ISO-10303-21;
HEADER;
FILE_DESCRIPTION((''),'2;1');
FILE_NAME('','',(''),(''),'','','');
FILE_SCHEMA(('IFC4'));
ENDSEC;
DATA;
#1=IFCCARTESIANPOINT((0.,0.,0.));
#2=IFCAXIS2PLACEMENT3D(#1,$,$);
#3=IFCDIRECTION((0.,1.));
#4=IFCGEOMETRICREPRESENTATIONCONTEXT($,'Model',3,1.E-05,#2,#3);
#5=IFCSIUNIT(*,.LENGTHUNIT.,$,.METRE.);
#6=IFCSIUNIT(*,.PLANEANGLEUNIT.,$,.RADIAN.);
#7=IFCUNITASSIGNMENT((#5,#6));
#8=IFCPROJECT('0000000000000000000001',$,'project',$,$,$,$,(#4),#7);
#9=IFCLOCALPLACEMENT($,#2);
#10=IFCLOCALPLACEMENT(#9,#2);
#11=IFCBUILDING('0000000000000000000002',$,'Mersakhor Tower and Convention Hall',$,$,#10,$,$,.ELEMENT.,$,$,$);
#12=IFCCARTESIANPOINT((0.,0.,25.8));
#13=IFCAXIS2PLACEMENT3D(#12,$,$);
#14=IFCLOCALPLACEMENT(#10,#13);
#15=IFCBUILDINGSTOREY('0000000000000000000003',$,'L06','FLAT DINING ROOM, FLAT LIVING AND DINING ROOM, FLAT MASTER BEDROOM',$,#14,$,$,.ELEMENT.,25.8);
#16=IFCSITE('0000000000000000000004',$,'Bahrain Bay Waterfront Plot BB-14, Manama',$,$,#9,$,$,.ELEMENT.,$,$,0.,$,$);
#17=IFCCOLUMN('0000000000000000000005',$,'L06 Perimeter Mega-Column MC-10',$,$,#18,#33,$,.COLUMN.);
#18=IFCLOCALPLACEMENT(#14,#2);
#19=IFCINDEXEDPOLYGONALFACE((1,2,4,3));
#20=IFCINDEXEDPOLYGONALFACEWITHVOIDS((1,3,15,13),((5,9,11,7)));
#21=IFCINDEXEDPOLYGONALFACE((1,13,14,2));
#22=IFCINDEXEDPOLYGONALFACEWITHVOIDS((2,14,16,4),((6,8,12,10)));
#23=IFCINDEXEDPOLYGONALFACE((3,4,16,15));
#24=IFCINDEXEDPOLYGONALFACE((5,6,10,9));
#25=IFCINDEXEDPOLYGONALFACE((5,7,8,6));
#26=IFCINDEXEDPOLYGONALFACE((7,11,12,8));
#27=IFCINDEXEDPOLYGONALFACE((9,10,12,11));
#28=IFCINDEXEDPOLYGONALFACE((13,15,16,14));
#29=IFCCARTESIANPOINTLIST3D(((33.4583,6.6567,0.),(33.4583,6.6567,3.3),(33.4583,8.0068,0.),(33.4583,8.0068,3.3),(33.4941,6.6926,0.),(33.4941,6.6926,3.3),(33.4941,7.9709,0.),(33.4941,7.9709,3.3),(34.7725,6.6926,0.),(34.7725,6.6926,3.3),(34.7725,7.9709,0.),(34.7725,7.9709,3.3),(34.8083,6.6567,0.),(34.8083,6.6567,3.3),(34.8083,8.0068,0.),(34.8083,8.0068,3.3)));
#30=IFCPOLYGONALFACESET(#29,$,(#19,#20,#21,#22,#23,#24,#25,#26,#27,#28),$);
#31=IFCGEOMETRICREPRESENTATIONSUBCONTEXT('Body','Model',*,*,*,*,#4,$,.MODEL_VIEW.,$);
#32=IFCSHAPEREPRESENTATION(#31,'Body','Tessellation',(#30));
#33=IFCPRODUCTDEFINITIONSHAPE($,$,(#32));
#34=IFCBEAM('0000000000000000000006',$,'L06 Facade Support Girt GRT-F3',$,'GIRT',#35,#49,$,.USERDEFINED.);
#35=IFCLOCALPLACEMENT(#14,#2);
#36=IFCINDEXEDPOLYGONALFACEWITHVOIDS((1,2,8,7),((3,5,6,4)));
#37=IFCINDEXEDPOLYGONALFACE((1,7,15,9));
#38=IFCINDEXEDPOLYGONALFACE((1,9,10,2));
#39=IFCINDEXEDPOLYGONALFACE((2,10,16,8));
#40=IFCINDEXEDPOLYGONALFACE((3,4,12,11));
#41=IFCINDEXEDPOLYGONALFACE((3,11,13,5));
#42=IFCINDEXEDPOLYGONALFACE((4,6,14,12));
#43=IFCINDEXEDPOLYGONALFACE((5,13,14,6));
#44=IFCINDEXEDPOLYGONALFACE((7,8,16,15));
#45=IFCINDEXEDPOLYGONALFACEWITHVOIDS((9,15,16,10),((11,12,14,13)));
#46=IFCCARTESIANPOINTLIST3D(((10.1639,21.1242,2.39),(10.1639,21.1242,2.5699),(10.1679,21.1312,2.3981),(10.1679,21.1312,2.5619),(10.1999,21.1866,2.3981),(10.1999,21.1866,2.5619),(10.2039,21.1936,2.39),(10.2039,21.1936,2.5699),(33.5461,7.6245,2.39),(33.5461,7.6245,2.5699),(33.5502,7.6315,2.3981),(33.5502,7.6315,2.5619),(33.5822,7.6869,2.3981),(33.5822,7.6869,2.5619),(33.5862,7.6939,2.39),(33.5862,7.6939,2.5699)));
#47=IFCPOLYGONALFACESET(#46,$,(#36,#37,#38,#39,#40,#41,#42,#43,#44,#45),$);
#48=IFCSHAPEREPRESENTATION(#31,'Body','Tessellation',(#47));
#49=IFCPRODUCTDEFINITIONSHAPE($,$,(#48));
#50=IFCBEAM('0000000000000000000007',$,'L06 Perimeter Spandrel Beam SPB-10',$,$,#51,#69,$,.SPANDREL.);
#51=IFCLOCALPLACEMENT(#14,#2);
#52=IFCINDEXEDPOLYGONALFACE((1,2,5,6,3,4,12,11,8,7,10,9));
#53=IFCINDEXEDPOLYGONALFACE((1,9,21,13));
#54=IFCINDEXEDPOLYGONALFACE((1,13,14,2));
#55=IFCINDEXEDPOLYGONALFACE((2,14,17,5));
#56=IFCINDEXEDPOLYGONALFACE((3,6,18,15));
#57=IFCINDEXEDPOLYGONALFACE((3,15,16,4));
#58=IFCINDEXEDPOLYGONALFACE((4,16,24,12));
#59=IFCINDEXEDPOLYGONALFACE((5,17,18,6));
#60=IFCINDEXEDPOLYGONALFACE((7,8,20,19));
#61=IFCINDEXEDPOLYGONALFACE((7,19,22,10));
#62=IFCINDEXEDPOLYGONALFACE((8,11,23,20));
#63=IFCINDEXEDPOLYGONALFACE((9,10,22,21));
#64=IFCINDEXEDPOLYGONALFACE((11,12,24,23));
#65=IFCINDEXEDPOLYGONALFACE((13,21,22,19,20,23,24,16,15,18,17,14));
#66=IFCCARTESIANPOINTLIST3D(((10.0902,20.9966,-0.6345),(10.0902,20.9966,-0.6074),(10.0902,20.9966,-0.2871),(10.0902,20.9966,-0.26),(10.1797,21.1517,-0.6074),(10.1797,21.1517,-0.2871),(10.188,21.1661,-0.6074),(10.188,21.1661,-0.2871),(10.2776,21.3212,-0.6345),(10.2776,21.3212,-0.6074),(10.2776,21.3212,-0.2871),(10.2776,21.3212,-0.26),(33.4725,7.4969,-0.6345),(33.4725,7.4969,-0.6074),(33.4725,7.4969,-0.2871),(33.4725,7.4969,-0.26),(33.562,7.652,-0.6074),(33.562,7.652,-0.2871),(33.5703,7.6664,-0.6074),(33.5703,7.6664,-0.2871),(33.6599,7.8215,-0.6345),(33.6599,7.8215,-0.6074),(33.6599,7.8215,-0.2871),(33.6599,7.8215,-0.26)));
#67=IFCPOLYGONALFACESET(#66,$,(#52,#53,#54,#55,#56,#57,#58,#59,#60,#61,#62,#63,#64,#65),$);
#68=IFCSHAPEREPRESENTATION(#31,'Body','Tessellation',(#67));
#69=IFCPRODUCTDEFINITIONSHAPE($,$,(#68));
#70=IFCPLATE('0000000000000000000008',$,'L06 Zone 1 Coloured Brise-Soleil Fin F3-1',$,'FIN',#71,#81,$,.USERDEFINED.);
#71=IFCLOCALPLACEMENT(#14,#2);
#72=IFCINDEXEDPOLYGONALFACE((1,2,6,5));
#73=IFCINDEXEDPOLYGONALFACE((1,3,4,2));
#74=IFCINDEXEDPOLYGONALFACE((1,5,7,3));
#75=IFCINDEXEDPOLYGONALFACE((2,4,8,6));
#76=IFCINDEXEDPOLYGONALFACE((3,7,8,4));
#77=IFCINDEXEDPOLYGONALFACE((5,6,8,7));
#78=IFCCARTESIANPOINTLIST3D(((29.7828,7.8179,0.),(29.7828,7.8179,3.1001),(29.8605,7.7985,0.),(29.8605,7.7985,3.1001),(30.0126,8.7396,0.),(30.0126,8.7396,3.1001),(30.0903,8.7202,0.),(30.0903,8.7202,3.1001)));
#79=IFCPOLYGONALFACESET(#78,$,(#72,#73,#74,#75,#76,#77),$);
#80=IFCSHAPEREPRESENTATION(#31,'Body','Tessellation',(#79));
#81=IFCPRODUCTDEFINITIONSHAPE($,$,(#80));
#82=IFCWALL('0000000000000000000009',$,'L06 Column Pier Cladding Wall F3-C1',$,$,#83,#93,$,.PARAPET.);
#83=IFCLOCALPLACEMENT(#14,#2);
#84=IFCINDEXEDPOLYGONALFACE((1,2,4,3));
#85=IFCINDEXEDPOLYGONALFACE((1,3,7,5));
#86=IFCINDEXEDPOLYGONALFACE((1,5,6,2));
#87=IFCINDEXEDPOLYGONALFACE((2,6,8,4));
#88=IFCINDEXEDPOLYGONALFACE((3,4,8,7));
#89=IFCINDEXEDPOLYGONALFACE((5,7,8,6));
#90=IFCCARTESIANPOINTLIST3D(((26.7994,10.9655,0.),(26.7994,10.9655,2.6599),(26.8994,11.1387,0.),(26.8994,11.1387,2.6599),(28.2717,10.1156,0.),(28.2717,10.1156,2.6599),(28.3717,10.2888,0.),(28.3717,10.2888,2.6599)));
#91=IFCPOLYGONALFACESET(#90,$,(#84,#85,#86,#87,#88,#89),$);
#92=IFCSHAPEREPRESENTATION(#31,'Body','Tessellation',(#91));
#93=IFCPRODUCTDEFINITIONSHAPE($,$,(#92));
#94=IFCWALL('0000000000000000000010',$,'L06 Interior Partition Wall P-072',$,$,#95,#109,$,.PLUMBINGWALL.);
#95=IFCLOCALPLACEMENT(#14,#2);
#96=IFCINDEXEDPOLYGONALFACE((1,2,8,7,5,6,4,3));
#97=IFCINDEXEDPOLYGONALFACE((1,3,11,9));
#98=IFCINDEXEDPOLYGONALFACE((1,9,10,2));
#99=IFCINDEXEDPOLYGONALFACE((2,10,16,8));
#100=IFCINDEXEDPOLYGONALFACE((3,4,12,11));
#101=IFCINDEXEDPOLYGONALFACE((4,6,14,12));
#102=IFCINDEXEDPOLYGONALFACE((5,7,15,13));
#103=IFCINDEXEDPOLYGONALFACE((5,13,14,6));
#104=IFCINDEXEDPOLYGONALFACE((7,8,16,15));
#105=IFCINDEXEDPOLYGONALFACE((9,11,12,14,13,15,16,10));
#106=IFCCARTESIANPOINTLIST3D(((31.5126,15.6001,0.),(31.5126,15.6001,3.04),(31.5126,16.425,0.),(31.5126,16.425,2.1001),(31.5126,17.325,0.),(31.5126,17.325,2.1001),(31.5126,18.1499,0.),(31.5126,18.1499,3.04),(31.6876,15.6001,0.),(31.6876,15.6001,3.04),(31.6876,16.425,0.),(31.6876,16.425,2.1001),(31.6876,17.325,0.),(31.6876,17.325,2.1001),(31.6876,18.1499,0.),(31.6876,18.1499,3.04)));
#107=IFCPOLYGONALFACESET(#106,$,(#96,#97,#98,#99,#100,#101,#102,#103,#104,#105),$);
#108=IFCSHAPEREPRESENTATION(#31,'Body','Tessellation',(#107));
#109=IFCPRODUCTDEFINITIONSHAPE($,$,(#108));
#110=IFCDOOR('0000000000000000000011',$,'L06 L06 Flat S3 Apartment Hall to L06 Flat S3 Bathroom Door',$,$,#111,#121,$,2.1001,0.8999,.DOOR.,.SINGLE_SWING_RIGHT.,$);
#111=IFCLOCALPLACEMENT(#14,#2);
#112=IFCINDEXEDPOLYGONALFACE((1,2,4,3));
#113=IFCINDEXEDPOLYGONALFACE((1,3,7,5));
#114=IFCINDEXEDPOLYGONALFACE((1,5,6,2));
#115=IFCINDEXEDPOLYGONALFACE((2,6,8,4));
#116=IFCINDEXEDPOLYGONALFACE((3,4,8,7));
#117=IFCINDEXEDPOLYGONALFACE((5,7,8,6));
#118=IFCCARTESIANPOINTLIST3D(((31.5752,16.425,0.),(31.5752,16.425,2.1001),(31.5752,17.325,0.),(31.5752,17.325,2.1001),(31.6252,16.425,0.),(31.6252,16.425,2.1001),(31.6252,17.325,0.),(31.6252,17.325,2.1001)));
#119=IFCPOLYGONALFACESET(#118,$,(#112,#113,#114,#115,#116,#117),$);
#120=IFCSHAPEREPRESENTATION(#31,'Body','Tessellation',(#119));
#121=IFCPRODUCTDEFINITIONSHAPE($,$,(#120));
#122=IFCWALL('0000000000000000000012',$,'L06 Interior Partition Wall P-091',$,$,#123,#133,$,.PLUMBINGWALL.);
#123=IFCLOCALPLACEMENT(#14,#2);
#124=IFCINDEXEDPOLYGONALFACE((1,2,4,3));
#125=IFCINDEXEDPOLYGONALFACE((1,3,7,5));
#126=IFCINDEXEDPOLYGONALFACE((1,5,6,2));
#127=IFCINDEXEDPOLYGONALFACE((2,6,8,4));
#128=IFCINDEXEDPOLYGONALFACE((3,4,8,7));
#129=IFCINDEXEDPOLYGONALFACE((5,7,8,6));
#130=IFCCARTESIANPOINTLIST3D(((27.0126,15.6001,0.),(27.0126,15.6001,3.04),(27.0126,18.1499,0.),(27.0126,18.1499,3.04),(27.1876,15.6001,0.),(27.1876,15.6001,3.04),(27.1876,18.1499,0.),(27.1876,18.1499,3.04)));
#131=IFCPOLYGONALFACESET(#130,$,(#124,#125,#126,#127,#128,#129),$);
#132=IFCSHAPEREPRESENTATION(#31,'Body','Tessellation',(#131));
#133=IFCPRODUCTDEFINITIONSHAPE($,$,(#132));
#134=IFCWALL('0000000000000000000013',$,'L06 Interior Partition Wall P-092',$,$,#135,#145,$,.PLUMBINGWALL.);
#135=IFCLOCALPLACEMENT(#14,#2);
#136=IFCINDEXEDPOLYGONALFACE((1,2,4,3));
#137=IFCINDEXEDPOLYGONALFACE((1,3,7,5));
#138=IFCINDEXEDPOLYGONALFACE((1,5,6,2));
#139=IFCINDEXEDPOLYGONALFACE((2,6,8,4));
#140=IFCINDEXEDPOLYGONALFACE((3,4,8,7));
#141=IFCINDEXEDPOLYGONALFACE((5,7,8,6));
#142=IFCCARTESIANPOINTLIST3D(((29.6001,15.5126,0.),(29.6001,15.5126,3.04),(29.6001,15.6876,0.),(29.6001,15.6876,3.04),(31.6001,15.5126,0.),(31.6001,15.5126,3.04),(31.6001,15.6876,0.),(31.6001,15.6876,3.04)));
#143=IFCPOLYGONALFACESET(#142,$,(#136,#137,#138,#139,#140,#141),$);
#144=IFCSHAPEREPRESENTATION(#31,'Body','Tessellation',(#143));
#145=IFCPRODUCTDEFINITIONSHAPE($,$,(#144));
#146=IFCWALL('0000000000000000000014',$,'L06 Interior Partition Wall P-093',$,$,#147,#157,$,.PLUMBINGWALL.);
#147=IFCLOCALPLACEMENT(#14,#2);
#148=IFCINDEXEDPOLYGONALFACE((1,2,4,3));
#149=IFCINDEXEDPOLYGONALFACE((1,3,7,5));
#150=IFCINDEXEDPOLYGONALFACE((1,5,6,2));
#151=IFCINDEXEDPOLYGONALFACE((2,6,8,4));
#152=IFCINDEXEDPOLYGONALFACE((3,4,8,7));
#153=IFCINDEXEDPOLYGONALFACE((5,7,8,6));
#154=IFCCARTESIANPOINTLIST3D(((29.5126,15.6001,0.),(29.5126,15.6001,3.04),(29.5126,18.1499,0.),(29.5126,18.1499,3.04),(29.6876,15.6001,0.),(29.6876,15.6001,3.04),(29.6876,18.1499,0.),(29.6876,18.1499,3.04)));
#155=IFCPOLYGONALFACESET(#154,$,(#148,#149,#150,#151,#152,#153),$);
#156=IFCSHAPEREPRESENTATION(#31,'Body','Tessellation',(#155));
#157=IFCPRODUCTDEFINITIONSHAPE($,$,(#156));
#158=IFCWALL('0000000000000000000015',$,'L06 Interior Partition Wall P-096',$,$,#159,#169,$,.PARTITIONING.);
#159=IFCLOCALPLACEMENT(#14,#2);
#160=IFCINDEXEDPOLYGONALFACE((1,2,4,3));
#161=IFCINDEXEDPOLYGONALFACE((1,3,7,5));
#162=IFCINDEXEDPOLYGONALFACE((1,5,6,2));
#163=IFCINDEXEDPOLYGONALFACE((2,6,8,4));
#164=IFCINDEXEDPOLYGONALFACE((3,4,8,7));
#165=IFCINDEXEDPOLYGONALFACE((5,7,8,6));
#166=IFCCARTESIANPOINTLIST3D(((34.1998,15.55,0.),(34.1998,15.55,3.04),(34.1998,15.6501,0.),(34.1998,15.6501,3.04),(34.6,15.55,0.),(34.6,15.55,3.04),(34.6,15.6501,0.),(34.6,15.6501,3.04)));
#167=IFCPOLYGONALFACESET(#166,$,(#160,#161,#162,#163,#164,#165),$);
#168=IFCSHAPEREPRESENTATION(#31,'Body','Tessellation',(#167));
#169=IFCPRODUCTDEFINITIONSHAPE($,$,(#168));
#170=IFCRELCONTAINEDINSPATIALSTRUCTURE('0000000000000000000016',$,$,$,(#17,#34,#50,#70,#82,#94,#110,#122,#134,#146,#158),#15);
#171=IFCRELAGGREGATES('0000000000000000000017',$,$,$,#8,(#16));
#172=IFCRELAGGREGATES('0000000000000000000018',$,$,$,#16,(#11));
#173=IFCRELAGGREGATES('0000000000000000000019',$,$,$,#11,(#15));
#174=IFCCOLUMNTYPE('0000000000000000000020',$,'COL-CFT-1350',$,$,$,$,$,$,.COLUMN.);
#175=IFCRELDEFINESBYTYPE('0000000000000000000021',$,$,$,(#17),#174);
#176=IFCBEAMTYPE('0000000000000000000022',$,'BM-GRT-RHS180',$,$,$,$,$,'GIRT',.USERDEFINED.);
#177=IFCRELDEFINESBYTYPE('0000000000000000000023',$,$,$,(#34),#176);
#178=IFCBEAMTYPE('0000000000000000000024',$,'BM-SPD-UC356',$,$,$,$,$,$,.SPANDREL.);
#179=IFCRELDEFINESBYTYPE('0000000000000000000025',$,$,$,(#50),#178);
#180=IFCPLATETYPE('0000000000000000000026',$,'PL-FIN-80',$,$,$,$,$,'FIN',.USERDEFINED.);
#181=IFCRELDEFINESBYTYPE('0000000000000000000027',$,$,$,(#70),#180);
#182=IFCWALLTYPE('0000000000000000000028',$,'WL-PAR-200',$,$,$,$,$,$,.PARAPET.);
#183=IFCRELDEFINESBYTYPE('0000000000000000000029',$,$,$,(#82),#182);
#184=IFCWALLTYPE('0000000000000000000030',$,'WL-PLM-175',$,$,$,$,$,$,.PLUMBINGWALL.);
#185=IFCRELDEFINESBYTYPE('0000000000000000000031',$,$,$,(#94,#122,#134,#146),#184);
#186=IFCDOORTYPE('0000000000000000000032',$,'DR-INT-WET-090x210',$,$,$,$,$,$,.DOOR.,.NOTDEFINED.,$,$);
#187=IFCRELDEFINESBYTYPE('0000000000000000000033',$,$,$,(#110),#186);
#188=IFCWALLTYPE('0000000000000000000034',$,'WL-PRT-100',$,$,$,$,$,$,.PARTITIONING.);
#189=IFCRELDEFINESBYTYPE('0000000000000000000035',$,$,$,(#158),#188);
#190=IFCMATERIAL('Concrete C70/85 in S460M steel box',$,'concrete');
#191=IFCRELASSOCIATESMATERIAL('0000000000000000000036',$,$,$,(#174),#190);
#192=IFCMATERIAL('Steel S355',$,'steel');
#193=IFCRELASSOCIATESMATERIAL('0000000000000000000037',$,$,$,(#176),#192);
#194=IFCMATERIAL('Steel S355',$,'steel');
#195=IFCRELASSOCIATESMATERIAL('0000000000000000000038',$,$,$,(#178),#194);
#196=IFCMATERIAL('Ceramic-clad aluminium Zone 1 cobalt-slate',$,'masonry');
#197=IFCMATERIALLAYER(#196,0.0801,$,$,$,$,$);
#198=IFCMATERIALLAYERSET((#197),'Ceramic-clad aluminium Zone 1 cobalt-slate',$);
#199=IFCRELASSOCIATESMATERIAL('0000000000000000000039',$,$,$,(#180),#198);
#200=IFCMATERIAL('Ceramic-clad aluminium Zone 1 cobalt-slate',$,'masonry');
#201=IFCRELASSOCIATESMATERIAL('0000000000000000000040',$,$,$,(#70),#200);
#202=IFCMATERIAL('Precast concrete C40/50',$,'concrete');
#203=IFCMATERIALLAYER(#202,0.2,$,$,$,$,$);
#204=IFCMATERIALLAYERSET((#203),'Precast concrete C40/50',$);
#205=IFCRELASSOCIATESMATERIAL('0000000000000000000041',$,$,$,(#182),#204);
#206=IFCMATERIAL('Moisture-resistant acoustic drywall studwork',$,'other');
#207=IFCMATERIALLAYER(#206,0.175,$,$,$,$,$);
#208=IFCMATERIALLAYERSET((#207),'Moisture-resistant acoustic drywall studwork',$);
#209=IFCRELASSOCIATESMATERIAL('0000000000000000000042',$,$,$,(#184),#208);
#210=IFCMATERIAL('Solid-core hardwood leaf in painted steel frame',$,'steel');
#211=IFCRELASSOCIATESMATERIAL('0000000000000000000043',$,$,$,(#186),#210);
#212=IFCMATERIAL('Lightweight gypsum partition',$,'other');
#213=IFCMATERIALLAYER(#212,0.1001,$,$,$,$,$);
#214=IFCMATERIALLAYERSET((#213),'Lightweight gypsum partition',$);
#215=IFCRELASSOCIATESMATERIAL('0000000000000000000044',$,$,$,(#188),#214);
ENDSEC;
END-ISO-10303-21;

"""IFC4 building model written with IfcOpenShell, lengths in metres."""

from ifc_helpers import new_model, si_unit, direction, frame, frame_2d, origin, origin_2d, place, context, subcontext, project, spatial, rectangle, hollow_rectangle, i_section, extrude, material, layer, layer_set, material_profile, profile_set, type_object, element, fill, save


model = new_model("IFC4")

# Units and contexts
model_context = context("Model", 3, precision=1e-05, world=origin(), true_north=direction((0.0, 1.0)))
body_context = subcontext(model_context, "Body", "Model", "MODEL_VIEW")
ifc_project = project(units=[si_unit("LENGTHUNIT", "METRE"), si_unit("PLANEANGLEUNIT", "RADIAN")], contexts=[model_context])

# Site, building, storey
site_placement = place(None, origin())
site = spatial("IfcSite", under=ifc_project, at=site_placement, Name="Bahrain Bay Waterfront Plot BB-14, Manama", CompositionType="ELEMENT", RefElevation=0.0)
building_placement = place(site_placement, origin())
building = spatial("IfcBuilding", under=site, at=building_placement, Name="Mersakhor Tower and Convention Hall", CompositionType="ELEMENT")
storey_placement = place(building_placement, frame((0.0, 0.0, 25.8)))
storey = spatial("IfcBuildingStorey", under=building, at=storey_placement, Name="L06", Description="FLAT DINING ROOM, FLAT LIVING AND DINING ROOM, FLAT MASTER BEDROOM", CompositionType="ELEMENT", Elevation=25.8)

# Column
ifc_material_1 = material(Name="Concrete C70/85 in S460M steel box", Category="concrete")
ifc_material_profile_1 = material_profile(ifc_material_1, hollow_rectangle(XDim=1.3501, YDim=1.3501, WallThickness=0.0359, at=origin_2d()), Name="SHS 1350x1350x36")
ifc_profile_set_1 = profile_set([ifc_material_profile_1], Name="Concrete C70/85 in S460M steel box")
column_type = type_object("IfcColumnType", Name="COL-CFT-1350", PredefinedType="COLUMN", material=ifc_profile_set_1)
column_placement = place(storey_placement, frame((34.1333, 7.3318, 0.0), z_axis=(0.0, 0.0, 1.0), x_axis=(1.0, 0.0, 0.0)))
element("IfcColumn", 1, at=column_placement, inside=storey, type_object=column_type, Name="L06 Perimeter Mega-Column MC-10", PredefinedType="COLUMN", context=body_context, shape_type="SweptSolid", body=[
    extrude(hollow_rectangle(XDim=1.3501, YDim=1.3501, WallThickness=0.0359, at=origin_2d()), origin(), (0.0, 0.0, 1.0), 3.3),
])

# Beams
ifc_material_2 = material(Name="Steel S355", Category="steel")
ifc_material_profile_2 = material_profile(ifc_material_2, hollow_rectangle(XDim=0.0801, YDim=0.1799, WallThickness=0.0081, at=origin_2d()), Name="RHS 180x80x8")
ifc_profile_set_2 = profile_set([ifc_material_profile_2], Name="Steel S355")
beam_type_1 = type_object("IfcBeamType", Name="BM-GRT-RHS180", ElementType="GIRT", PredefinedType="USERDEFINED", material=ifc_profile_set_2)
beam_1_placement = place(storey_placement, frame((33.5662, 7.6592, 2.48), z_axis=(-0.866026, 0.499999, 0.0), x_axis=(-0.499999, -0.866026, 0.0)))
element("IfcBeam", 2, at=beam_1_placement, inside=storey, type_object=beam_type_1, Name="L06 Facade Support Girt GRT-F3", ObjectType="GIRT", PredefinedType="USERDEFINED", context=body_context, shape_type="SweptSolid", body=[
    extrude(hollow_rectangle(XDim=0.0801, YDim=0.1799, WallThickness=0.0081, at=origin_2d()), origin(), (0.0, 0.0, 1.0), 26.9995),
])
ifc_material_3 = material(Name="Steel S355", Category="steel")
ifc_material_profile_3 = material_profile(ifc_material_3, i_section(OverallWidth=0.3748, OverallDepth=0.3745, WebThickness=0.0166, FlangeThickness=0.0271, at=origin_2d()), Name="UC 356x368x202")
ifc_profile_set_3 = profile_set([ifc_material_profile_3], Name="Steel S355")
beam_type_2 = type_object("IfcBeamType", Name="BM-SPD-UC356", PredefinedType="SPANDREL", material=ifc_profile_set_3)
beam_2_placement = place(storey_placement, frame((33.5662, 7.6592, -0.4473), z_axis=(-0.866026, 0.499999, 0.0), x_axis=(-0.499999, -0.866026, 0.0)))
element("IfcBeam", 3, at=beam_2_placement, inside=storey, type_object=beam_type_2, Name="L06 Perimeter Spandrel Beam SPB-10", PredefinedType="SPANDREL", context=body_context, shape_type="SweptSolid", body=[
    extrude(i_section(OverallWidth=0.3748, OverallDepth=0.3745, WebThickness=0.0166, FlangeThickness=0.0271, at=origin_2d()), origin(), (0.0, 0.0, 1.0), 26.9995),
])

# Plate
ifc_material_4 = material(Name="Ceramic-clad aluminium Zone 1 cobalt-slate", Category="masonry")
ifc_material_5 = material(Name="Ceramic-clad aluminium Zone 1 cobalt-slate", Category="masonry")
ifc_layer_1 = layer(ifc_material_5, 0.0801)
ifc_layer_set_1 = layer_set([ifc_layer_1], Name="Ceramic-clad aluminium Zone 1 cobalt-slate")
plate_type = type_object("IfcPlateType", Name="PL-FIN-80", ElementType="FIN", PredefinedType="USERDEFINED", material=ifc_layer_set_1)
plate_placement = place(storey_placement, frame((29.9365, 8.269, 0.0), z_axis=(0.0, 0.0, 1.0), x_axis=(-0.241922, -0.970296, 0.0)))
element("IfcPlate", 4, at=plate_placement, inside=storey, type_object=plate_type, material=ifc_material_4, Name="L06 Zone 1 Coloured Brise-Soleil Fin F3-1", ObjectType="FIN", PredefinedType="USERDEFINED", context=body_context, shape_type="SweptSolid", body=[
    extrude(rectangle(XDim=0.95, YDim=0.0801, at=origin_2d()), origin(), (0.0, 0.0, 1.0), 3.1001),
])

# Wall
ifc_material_6 = material(Name="Precast concrete C40/50", Category="concrete")
ifc_layer_2 = layer(ifc_material_6, 0.2)
ifc_layer_set_2 = layer_set([ifc_layer_2], Name="Precast concrete C40/50")
wall_type_1 = type_object("IfcWallType", Name="WL-PAR-200", PredefinedType="PARAPET", material=ifc_layer_set_2)
wall_1_placement = place(storey_placement, frame((28.3218, 10.2021, 0.0), z_axis=(0.0, 0.0, 1.0), x_axis=(-0.866052, 0.499955, 0.0)))
element("IfcWall", 5, at=wall_1_placement, inside=storey, type_object=wall_type_1, Name="L06 Column Pier Cladding Wall F3-C1", PredefinedType="PARAPET", context=body_context, shape_type="SweptSolid", body=[
    extrude(rectangle(XDim=1.7, YDim=0.2, at=frame_2d((0.8501, 0.0))), origin(), (0.0, 0.0, 1.0), 2.6599),
])

# Wall, opening, door
ifc_material_7 = material(Name="Moisture-resistant acoustic drywall studwork", Category="other")
ifc_layer_3 = layer(ifc_material_7, 0.175)
ifc_layer_set_3 = layer_set([ifc_layer_3], Name="Moisture-resistant acoustic drywall studwork")
wall_type_2 = type_object("IfcWallType", Name="WL-PLM-175", PredefinedType="PLUMBINGWALL", material=ifc_layer_set_3)
wall_2_placement = place(storey_placement, frame((31.6001, 15.6001, 0.0), z_axis=(0.0, 0.0, 1.0), x_axis=(0.0, 1.0, 0.0)))
wall_2 = element("IfcWall", 6, at=wall_2_placement, inside=storey, type_object=wall_type_2, Name="L06 Interior Partition Wall P-072", PredefinedType="PLUMBINGWALL", context=body_context, shape_type="SweptSolid", body=[
    extrude(rectangle(XDim=2.5498, YDim=0.175, at=frame_2d((1.2749, 0.0))), origin(), (0.0, 0.0, 1.0), 3.04),
])
opening_1_placement = place(wall_2_placement, frame((0.825, 0.0, 0.0)))
opening_1 = element("IfcOpeningElement", 7, at=opening_1_placement, cuts=wall_2, PredefinedType="OPENING", context=body_context, shape_type="SweptSolid", body=[
    extrude(rectangle(XDim=0.8999, YDim=2.1001, at=frame_2d((0.45, 1.05))), frame((0.0, 0.0974, 0.0), z_axis=(0.0, -1.0, 0.0), x_axis=(1.0, 0.0, 0.0)), (0.0, 0.0, 1.0), 0.1951),
])
ifc_material_8 = material(Name="Solid-core hardwood leaf in painted steel frame", Category="steel")
door_type_1 = type_object("IfcDoorType", Name="DR-INT-WET-090x210", OperationType="NOTDEFINED", PredefinedType="DOOR", material=ifc_material_8)
door_1_placement = place(opening_1_placement, origin())
door_1 = element("IfcDoor", 8, at=door_1_placement, inside=storey, type_object=door_type_1, Name="L06 L06 Flat S3 Apartment Hall to L06 Flat S3 Bathroom Door", OperationType="SINGLE_SWING_RIGHT", OverallHeight=2.1001, OverallWidth=0.8999, PredefinedType="DOOR", context=body_context, shape_type="SweptSolid", body=[
    extrude(rectangle(XDim=0.8999, YDim=2.1001, at=frame_2d((0.45, 1.05))), frame((0.0, 0.0249, 0.0), z_axis=(0.0, -1.0, 0.0), x_axis=(1.0, 0.0, 0.0)), (0.0, 0.0, 1.0), 0.05),
])
fill(opening_1, door_1)

# Walls
wall_3_placement = place(storey_placement, frame((27.1001, 18.1499, 0.0), z_axis=(0.0, 0.0, 1.0), x_axis=(0.0, -1.0, 0.0)))
element("IfcWall", 9, at=wall_3_placement, inside=storey, type_object=wall_type_2, Name="L06 Interior Partition Wall P-091", PredefinedType="PLUMBINGWALL", context=body_context, shape_type="SweptSolid", body=[
    extrude(rectangle(XDim=2.5498, YDim=0.175, at=frame_2d((1.2749, 0.0))), origin(), (0.0, 0.0, 1.0), 3.04),
])
wall_4_placement = place(storey_placement, frame((31.6001, 15.6001, 0.0), z_axis=(0.0, 0.0, 1.0), x_axis=(-1.0, 0.0, 0.0)))
element("IfcWall", 10, at=wall_4_placement, inside=storey, type_object=wall_type_2, Name="L06 Interior Partition Wall P-092", PredefinedType="PLUMBINGWALL", context=body_context, shape_type="SweptSolid", body=[
    extrude(rectangle(XDim=2.0, YDim=0.175, at=frame_2d((1.0, 0.0))), origin(), (0.0, 0.0, 1.0), 3.04),
])
wall_5_placement = place(storey_placement, frame((29.6001, 15.6001, 0.0), z_axis=(0.0, 0.0, 1.0), x_axis=(0.0, 1.0, 0.0)))
element("IfcWall", 11, at=wall_5_placement, inside=storey, type_object=wall_type_2, Name="L06 Interior Partition Wall P-093", PredefinedType="PLUMBINGWALL", context=body_context, shape_type="SweptSolid", body=[
    extrude(rectangle(XDim=2.5498, YDim=0.175, at=frame_2d((1.2749, 0.0))), origin(), (0.0, 0.0, 1.0), 3.04),
])
ifc_material_9 = material(Name="Lightweight gypsum partition", Category="other")
ifc_layer_4 = layer(ifc_material_9, 0.1001)
ifc_layer_set_4 = layer_set([ifc_layer_4], Name="Lightweight gypsum partition")
wall_type_3 = type_object("IfcWallType", Name="WL-PRT-100", PredefinedType="PARTITIONING", material=ifc_layer_set_4)
wall_6_placement = place(storey_placement, frame((34.6001, 15.6001, 0.0), z_axis=(0.0, 0.0, 1.0), x_axis=(-1.0, 0.0, 0.0)))
element("IfcWall", 12, at=wall_6_placement, inside=storey, type_object=wall_type_3, Name="L06 Interior Partition Wall P-096", PredefinedType="PARTITIONING", context=body_context, shape_type="SweptSolid", body=[
    extrude(rectangle(XDim=0.4001, YDim=0.1001, at=frame_2d((0.2002, 0.0))), origin(), (0.0, 0.0, 1.0), 3.04),
])

save(model, "model.ifc")
